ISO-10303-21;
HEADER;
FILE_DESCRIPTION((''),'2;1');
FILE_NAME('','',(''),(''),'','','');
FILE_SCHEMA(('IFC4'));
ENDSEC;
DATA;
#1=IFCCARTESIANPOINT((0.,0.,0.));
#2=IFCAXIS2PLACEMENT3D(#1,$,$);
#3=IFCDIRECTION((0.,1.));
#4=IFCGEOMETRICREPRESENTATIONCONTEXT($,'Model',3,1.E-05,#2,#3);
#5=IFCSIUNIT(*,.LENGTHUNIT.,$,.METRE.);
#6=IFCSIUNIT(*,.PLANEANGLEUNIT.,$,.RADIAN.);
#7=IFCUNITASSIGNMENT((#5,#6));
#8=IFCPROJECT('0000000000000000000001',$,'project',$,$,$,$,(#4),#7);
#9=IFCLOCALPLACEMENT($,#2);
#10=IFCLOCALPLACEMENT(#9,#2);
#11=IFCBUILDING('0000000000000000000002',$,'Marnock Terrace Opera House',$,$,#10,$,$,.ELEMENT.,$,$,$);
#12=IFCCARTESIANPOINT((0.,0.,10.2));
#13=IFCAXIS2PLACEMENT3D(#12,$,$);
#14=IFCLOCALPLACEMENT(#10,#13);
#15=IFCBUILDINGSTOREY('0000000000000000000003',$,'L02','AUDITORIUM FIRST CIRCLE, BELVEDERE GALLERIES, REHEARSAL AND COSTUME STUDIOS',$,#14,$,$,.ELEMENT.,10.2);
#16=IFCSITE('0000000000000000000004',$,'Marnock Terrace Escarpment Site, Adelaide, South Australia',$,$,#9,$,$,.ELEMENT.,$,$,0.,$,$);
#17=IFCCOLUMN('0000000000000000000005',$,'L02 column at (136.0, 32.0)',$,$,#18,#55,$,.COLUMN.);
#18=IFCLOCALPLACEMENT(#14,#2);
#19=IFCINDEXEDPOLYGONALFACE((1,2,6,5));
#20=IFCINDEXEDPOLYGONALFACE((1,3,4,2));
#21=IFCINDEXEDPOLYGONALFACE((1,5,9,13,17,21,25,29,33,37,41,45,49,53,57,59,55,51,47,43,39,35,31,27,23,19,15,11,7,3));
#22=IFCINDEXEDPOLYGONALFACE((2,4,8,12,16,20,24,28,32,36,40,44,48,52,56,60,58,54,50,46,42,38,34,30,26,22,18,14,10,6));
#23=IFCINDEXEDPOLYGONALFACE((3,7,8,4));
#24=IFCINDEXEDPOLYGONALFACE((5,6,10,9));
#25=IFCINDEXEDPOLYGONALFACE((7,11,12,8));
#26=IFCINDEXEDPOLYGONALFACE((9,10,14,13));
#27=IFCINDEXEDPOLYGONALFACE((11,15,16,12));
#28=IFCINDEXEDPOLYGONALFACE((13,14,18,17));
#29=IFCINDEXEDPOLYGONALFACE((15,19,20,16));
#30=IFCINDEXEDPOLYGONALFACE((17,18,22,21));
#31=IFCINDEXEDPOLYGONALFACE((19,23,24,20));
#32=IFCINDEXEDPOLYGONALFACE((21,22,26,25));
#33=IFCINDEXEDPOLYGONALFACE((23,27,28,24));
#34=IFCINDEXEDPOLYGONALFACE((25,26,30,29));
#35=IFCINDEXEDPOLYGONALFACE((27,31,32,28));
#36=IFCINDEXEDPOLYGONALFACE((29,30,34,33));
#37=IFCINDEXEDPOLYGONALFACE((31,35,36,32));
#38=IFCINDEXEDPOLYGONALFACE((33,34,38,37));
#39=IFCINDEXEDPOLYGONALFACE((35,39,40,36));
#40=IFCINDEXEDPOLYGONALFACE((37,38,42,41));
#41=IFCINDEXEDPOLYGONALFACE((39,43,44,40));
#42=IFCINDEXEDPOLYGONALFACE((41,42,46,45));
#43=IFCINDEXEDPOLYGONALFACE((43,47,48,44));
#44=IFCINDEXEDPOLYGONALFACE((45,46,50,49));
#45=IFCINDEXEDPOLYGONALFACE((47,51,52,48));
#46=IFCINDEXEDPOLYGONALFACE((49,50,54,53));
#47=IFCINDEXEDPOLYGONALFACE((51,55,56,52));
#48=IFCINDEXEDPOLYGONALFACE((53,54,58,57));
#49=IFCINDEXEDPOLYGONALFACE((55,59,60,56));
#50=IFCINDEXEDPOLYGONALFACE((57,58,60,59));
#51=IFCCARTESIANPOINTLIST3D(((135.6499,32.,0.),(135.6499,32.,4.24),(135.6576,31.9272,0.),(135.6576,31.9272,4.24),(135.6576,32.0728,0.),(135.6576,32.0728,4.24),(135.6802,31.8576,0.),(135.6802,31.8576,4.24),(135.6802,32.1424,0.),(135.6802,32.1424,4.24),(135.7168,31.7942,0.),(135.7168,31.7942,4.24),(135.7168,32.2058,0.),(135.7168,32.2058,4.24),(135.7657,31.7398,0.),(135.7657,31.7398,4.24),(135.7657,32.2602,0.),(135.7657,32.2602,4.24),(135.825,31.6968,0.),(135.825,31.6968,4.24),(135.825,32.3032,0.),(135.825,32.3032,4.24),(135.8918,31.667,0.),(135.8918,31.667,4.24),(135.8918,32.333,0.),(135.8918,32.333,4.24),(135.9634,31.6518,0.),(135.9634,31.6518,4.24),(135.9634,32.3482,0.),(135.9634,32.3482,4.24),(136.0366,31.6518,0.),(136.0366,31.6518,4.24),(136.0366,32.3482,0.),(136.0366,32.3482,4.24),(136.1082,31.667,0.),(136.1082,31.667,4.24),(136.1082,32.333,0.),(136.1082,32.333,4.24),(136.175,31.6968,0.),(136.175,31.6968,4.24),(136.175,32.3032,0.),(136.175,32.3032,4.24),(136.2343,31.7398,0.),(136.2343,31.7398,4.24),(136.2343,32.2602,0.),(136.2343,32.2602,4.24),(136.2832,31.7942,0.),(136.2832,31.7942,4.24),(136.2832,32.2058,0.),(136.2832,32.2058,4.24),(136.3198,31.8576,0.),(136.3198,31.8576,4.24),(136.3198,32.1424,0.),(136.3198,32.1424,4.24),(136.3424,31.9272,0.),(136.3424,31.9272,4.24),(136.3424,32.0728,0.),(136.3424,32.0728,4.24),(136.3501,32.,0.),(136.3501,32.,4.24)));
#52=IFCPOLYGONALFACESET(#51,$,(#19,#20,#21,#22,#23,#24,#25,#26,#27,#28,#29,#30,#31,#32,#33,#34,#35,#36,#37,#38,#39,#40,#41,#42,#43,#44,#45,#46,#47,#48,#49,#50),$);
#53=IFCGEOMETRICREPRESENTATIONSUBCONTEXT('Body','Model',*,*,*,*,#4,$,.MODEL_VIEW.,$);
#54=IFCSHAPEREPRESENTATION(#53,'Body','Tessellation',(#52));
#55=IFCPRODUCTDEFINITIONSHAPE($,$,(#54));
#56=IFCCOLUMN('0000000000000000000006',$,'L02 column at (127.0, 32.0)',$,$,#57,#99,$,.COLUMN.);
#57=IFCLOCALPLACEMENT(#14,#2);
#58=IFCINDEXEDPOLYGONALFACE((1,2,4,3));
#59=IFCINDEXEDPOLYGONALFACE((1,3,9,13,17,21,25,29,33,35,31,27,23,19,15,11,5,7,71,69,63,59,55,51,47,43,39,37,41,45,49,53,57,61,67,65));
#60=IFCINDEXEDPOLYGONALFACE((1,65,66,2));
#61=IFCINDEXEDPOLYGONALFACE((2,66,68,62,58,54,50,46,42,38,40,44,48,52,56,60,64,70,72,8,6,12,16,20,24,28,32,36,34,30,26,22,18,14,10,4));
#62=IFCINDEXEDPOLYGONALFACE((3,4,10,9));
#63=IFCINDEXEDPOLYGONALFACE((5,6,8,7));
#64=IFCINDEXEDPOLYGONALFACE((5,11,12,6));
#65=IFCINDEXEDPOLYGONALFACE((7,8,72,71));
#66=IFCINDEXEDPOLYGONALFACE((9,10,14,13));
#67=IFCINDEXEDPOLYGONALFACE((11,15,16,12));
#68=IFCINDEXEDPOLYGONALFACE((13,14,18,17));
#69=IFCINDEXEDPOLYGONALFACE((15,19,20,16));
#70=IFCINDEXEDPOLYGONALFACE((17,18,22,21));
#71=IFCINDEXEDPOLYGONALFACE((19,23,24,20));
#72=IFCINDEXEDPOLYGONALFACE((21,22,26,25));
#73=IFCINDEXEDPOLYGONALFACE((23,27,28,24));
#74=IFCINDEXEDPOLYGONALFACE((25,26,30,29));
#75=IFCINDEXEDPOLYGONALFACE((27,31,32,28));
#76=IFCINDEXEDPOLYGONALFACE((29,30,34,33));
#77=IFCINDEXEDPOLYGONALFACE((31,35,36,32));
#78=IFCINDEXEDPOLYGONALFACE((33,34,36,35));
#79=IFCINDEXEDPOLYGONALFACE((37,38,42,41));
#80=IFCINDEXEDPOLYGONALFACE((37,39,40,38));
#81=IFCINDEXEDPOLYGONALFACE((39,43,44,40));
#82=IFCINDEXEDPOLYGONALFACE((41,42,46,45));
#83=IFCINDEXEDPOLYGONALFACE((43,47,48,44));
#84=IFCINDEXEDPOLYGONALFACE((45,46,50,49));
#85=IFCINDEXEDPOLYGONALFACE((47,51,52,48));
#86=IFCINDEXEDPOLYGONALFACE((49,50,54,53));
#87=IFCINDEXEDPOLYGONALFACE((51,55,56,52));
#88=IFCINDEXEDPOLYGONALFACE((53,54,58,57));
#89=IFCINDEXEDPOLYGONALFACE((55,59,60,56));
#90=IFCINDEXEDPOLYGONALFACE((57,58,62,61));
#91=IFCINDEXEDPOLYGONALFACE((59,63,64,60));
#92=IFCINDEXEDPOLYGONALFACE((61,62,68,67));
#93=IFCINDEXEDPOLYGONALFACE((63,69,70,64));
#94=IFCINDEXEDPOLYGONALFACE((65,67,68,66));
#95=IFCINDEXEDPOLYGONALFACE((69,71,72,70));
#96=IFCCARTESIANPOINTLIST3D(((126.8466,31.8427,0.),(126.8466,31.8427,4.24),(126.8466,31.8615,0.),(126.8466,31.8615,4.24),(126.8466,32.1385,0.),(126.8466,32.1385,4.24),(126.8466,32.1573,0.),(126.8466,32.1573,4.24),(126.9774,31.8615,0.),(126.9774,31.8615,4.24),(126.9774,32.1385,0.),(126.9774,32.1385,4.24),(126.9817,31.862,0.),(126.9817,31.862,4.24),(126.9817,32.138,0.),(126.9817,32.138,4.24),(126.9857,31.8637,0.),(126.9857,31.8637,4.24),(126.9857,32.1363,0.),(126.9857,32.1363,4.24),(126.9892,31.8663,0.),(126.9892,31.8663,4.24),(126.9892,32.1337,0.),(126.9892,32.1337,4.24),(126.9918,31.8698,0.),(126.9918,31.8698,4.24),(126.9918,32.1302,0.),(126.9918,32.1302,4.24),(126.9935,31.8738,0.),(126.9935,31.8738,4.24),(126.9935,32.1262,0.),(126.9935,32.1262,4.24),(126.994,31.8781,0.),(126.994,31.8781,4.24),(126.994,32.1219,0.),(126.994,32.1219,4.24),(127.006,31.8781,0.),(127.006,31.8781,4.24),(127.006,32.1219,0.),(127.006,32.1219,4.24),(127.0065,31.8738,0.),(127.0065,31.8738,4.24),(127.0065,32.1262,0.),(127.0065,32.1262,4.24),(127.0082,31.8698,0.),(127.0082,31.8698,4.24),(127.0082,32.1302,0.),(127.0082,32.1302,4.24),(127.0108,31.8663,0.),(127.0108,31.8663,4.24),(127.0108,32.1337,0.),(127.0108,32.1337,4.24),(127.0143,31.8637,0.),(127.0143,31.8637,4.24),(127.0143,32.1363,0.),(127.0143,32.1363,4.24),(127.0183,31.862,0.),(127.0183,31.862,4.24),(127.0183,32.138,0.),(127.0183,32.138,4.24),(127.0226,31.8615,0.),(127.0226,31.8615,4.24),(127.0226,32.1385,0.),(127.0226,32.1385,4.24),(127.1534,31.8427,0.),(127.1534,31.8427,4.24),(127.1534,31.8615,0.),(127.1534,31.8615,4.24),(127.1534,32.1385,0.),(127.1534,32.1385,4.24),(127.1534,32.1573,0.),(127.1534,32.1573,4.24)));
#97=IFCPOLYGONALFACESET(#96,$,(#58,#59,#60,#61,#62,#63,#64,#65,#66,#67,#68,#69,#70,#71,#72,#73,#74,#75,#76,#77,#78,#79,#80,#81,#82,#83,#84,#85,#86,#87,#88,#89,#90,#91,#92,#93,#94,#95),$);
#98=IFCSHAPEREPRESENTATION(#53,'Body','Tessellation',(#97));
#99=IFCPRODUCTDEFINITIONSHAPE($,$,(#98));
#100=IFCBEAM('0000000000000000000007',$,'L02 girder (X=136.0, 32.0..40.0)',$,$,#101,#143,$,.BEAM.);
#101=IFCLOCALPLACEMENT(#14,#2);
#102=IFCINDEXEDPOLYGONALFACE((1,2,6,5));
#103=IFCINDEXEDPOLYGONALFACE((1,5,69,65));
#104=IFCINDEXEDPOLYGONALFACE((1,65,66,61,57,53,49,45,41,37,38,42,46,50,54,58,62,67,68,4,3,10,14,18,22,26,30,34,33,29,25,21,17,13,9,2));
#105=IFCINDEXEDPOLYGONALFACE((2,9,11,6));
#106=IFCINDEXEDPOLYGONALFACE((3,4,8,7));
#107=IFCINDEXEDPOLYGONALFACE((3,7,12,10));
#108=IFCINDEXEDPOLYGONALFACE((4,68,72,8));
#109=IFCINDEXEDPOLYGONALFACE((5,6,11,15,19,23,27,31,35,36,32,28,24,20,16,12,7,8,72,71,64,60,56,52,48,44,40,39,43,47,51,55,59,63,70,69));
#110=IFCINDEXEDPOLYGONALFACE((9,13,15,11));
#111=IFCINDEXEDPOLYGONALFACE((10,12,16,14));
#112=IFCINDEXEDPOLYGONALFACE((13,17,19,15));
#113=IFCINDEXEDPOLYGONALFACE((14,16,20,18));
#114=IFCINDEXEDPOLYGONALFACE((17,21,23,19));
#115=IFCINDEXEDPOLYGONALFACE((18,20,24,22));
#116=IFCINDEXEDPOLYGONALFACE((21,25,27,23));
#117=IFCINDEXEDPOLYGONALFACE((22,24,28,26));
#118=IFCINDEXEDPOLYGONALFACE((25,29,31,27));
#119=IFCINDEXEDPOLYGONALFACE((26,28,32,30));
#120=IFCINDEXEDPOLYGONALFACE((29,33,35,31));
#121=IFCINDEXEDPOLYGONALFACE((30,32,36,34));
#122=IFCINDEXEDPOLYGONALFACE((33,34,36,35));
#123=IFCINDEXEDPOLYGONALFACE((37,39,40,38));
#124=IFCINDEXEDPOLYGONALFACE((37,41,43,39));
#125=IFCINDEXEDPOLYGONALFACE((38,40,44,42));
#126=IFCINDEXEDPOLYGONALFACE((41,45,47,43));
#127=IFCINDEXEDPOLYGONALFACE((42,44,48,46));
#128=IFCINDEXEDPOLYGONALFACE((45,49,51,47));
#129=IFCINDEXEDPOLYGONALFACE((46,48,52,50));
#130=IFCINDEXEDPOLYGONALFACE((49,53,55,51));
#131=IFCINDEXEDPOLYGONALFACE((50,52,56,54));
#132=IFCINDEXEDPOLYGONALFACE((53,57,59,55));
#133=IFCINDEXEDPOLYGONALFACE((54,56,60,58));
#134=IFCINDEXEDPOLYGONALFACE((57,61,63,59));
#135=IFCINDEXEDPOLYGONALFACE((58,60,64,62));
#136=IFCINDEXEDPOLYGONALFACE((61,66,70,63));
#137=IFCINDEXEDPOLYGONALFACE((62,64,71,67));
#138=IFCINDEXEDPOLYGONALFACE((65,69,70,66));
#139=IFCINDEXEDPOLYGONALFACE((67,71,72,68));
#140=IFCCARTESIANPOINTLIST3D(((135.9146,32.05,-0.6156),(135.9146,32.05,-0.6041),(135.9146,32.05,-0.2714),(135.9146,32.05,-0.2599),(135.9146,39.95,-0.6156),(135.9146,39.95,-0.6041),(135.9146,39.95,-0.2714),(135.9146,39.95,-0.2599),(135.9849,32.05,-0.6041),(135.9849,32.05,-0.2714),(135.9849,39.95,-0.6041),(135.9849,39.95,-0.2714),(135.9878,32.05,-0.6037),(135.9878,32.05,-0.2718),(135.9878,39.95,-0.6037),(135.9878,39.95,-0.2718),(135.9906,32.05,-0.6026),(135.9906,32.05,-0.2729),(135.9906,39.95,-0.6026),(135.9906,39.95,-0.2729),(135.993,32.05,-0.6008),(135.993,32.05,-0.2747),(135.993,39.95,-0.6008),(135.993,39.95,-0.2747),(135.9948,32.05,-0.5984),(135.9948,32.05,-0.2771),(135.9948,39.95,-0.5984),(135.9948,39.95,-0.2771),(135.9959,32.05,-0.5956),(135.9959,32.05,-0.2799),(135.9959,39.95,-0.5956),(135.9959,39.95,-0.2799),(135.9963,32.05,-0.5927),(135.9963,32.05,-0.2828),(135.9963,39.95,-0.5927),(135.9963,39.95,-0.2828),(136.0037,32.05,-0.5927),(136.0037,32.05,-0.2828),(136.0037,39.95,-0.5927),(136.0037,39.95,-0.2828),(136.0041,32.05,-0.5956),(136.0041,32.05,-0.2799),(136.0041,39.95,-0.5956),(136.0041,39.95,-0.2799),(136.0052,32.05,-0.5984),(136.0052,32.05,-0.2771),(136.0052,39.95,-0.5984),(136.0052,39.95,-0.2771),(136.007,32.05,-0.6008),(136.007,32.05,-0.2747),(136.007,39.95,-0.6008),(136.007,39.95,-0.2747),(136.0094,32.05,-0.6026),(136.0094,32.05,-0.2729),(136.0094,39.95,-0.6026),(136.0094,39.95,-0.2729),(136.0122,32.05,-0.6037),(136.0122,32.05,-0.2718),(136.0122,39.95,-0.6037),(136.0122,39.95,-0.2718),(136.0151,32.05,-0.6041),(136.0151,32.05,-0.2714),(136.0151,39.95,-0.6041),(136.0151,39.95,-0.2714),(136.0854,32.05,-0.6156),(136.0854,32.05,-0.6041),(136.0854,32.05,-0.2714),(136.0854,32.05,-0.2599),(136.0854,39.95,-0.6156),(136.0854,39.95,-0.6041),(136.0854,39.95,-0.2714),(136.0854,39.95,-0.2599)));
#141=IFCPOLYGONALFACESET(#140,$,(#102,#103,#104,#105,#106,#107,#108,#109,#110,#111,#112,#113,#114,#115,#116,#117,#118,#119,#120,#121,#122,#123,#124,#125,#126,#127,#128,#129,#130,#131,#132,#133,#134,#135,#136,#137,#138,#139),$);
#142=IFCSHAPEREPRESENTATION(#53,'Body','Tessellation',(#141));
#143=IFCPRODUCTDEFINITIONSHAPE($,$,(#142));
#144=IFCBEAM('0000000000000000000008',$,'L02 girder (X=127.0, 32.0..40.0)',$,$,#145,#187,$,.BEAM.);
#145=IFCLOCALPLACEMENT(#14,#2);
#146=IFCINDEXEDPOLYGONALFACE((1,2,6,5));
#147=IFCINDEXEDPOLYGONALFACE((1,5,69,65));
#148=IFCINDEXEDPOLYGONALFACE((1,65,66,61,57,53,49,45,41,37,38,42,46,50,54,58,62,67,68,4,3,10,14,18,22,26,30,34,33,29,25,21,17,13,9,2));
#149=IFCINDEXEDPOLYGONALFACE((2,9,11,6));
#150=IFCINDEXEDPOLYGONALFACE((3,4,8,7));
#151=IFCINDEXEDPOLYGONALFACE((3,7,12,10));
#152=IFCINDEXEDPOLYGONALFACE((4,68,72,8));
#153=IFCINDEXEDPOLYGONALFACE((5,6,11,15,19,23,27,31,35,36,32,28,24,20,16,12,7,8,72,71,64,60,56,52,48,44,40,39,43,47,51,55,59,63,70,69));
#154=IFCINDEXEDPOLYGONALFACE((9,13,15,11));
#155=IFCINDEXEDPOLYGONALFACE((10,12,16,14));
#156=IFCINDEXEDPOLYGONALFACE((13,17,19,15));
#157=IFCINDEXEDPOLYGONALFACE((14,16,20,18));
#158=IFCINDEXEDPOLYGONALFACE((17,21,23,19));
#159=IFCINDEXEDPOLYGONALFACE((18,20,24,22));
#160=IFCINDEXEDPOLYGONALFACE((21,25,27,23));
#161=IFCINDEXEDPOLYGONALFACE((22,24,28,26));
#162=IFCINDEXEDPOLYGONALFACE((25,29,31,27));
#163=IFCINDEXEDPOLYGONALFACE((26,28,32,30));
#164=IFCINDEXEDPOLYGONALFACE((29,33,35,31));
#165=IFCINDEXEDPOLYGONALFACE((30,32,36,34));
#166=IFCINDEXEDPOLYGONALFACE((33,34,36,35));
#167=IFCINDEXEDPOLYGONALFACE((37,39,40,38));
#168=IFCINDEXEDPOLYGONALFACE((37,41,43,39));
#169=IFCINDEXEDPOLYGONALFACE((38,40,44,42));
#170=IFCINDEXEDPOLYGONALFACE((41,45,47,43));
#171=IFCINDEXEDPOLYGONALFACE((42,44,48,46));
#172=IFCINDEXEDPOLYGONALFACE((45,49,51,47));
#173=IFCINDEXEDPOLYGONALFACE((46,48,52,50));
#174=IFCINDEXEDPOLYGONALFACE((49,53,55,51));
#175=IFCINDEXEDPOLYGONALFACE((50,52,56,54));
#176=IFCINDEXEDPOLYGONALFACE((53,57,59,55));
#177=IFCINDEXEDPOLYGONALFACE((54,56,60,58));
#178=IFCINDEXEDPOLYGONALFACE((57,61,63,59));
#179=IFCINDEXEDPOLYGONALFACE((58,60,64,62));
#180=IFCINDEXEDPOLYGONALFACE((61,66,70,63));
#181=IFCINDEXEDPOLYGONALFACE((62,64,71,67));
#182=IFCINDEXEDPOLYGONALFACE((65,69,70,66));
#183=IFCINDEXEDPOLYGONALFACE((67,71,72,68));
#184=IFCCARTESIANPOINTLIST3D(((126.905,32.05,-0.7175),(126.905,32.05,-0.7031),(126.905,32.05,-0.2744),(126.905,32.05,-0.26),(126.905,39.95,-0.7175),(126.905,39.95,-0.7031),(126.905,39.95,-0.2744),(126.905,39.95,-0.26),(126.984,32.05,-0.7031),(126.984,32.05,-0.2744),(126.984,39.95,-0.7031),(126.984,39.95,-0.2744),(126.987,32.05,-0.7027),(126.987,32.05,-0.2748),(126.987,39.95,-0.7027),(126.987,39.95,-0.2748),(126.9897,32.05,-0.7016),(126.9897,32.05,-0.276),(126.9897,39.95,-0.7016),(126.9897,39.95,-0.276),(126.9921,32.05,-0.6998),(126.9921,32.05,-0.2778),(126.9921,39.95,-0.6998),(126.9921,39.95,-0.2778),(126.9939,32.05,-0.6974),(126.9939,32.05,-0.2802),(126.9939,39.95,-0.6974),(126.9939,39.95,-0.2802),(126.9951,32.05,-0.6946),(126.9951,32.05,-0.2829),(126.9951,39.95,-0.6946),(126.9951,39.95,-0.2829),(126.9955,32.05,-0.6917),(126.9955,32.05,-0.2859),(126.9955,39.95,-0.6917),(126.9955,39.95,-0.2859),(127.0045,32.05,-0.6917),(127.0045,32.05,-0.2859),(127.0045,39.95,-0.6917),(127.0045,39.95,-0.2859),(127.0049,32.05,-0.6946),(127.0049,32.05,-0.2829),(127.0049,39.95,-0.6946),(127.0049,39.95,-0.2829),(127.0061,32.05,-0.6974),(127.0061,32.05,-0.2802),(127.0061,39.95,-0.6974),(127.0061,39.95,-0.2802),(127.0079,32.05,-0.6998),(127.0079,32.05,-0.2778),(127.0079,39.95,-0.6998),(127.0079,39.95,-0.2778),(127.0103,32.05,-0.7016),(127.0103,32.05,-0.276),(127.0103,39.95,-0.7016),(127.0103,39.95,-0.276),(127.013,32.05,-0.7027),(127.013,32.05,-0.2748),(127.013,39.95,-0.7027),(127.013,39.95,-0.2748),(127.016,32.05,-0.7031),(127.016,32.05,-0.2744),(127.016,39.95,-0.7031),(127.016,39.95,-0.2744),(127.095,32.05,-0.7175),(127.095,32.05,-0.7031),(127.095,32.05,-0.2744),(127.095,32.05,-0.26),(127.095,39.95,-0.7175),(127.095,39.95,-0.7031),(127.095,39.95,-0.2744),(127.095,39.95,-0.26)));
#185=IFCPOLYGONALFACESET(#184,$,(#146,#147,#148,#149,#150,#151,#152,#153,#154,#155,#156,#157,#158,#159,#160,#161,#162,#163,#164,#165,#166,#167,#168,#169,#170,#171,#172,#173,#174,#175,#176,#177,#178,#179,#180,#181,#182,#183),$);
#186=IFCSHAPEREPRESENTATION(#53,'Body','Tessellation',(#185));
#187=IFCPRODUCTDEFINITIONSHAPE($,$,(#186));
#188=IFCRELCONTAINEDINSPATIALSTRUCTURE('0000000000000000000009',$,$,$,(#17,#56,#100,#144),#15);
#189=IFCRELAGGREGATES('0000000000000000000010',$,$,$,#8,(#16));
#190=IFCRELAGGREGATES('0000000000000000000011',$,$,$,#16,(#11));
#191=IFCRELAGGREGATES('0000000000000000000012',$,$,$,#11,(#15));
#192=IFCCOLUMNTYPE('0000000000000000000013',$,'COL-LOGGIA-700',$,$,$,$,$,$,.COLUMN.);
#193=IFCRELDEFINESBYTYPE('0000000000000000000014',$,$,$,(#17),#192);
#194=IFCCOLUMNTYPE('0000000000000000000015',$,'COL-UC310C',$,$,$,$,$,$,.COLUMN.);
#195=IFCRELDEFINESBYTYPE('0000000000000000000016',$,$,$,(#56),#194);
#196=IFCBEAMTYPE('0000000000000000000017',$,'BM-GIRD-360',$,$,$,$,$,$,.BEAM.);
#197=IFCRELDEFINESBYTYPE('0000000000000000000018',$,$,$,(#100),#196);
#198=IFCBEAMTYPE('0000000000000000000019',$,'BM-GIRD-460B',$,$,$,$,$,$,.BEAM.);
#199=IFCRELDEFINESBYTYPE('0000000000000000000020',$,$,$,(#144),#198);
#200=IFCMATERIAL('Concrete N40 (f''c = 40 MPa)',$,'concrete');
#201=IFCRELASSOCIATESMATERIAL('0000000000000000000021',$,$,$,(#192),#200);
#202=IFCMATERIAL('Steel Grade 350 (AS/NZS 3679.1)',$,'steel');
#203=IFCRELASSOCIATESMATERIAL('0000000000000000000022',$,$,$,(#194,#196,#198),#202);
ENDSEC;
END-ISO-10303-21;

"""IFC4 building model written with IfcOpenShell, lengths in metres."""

from ifc_helpers import new_model, si_unit, direction, frame, origin, origin_2d, place, context, subcontext, project, spatial, circle, i_section, extrude, material, material_profile, profile_set, type_object, element, save


model = new_model("IFC4")

# Units and contexts
model_context = context("Model", 3, precision=1e-05, world=origin(), true_north=direction((0.0, 1.0)))
body_context = subcontext(model_context, "Body", "Model", "MODEL_VIEW")
ifc_project = project(units=[si_unit("LENGTHUNIT", "METRE"), si_unit("PLANEANGLEUNIT", "RADIAN")], contexts=[model_context])

# Site, building, storey
site_placement = place(None, origin())
site = spatial("IfcSite", under=ifc_project, at=site_placement, Name="Marnock Terrace Escarpment Site, Adelaide, South Australia", CompositionType="ELEMENT", RefElevation=0.0)
building_placement = place(site_placement, origin())
building = spatial("IfcBuilding", under=site, at=building_placement, Name="Marnock Terrace Opera House", CompositionType="ELEMENT")
storey_placement = place(building_placement, frame((0.0, 0.0, 10.2)))
storey = spatial("IfcBuildingStorey", under=building, at=storey_placement, Name="L02", Description="AUDITORIUM FIRST CIRCLE, BELVEDERE GALLERIES, REHEARSAL AND COSTUME STUDIOS", CompositionType="ELEMENT", Elevation=10.2)

# Columns
ifc_material_1 = material(Name="Concrete N40 (f'c = 40 MPa)", Category="concrete")
ifc_material_profile_1 = material_profile(ifc_material_1, circle(Radius=0.3501, at=origin_2d()))
ifc_profile_set_1 = profile_set([ifc_material_profile_1], Name="Concrete N40 (f'c = 40 MPa)")
column_type_1 = type_object("IfcColumnType", Name="COL-LOGGIA-700", PredefinedType="COLUMN", material=ifc_profile_set_1)
column_1_placement = place(storey_placement, frame((136.0, 32.0, 0.0), z_axis=(0.0, 0.0, 1.0), x_axis=(1.0, 0.0, 0.0)))
element("IfcColumn", 1, at=column_1_placement, inside=storey, type_object=column_type_1, Name="L02 column at (136.0, 32.0)", PredefinedType="COLUMN", context=body_context, shape_type="SweptSolid", body=[
    extrude(circle(Radius=0.3501, at=origin_2d()), origin(), (0.0, 0.0, 1.0), 4.24),
])
ifc_material_2 = material(Name="Steel Grade 350 (AS/NZS 3679.1)", Category="steel")
ifc_material_profile_2 = material_profile(ifc_material_2, i_section(OverallWidth=0.3069, OverallDepth=0.3147, WebThickness=0.012, FlangeThickness=0.0188, FilletRadius=0.0166, at=origin_2d()))
ifc_profile_set_2 = profile_set([ifc_material_profile_2], Name="Steel Grade 350 (AS/NZS 3679.1)")
column_type_2 = type_object("IfcColumnType", Name="COL-UC310C", PredefinedType="COLUMN", material=ifc_profile_set_2)
column_2_placement = place(storey_placement, frame((127.0, 32.0, 0.0), z_axis=(0.0, 0.0, 1.0), x_axis=(1.0, 0.0, 0.0)))
element("IfcColumn", 2, at=column_2_placement, inside=storey, type_object=column_type_2, Name="L02 column at (127.0, 32.0)", PredefinedType="COLUMN", context=body_context, shape_type="SweptSolid", body=[
    extrude(i_section(OverallWidth=0.3069, OverallDepth=0.3147, WebThickness=0.012, FlangeThickness=0.0188, FilletRadius=0.0166, at=origin_2d()), origin(), (0.0, 0.0, 1.0), 4.24),
])

# Beams
ifc_material_profile_3 = material_profile(ifc_material_2, i_section(OverallWidth=0.1709, OverallDepth=0.3557, WebThickness=0.0073, FlangeThickness=0.0115, FilletRadius=0.0115, at=origin_2d()))
ifc_profile_set_3 = profile_set([ifc_material_profile_3], Name="Steel Grade 350 (AS/NZS 3679.1)")
beam_type_1 = type_object("IfcBeamType", Name="BM-GIRD-360", PredefinedType="BEAM", material=ifc_profile_set_3)
beam_1_placement = place(storey_placement, frame((136.0, 32.05, -0.4377), z_axis=(0.0, 1.0, 0.0), x_axis=(-1.0, 0.0, 0.0)))
element("IfcBeam", 3, at=beam_1_placement, inside=storey, type_object=beam_type_1, Name="L02 girder (X=136.0, 32.0..40.0)", PredefinedType="BEAM", context=body_context, shape_type="SweptSolid", body=[
    extrude(i_section(OverallWidth=0.1709, OverallDepth=0.3557, WebThickness=0.0073, FlangeThickness=0.0115, FilletRadius=0.0115, at=origin_2d()), origin(), (0.0, 0.0, 1.0), 7.8999),
])
ifc_material_profile_4 = material_profile(ifc_material_2, i_section(OverallWidth=0.1899, OverallDepth=0.4575, WebThickness=0.009, FlangeThickness=0.0144, FilletRadius=0.0115, at=origin_2d()))
ifc_profile_set_4 = profile_set([ifc_material_profile_4], Name="Steel Grade 350 (AS/NZS 3679.1)")
beam_type_2 = type_object("IfcBeamType", Name="BM-GIRD-460B", PredefinedType="BEAM", material=ifc_profile_set_4)
beam_2_placement = place(storey_placement, frame((127.0, 32.05, -0.4888), z_axis=(0.0, 1.0, 0.0), x_axis=(-1.0, 0.0, 0.0)))
element("IfcBeam", 4, at=beam_2_placement, inside=storey, type_object=beam_type_2, Name="L02 girder (X=127.0, 32.0..40.0)", PredefinedType="BEAM", context=body_context, shape_type="SweptSolid", body=[
    extrude(i_section(OverallWidth=0.1899, OverallDepth=0.4575, WebThickness=0.009, FlangeThickness=0.0144, FilletRadius=0.0115, at=origin_2d()), origin(), (0.0, 0.0, 1.0), 7.8999),
])

save(model, "model.ifc")
